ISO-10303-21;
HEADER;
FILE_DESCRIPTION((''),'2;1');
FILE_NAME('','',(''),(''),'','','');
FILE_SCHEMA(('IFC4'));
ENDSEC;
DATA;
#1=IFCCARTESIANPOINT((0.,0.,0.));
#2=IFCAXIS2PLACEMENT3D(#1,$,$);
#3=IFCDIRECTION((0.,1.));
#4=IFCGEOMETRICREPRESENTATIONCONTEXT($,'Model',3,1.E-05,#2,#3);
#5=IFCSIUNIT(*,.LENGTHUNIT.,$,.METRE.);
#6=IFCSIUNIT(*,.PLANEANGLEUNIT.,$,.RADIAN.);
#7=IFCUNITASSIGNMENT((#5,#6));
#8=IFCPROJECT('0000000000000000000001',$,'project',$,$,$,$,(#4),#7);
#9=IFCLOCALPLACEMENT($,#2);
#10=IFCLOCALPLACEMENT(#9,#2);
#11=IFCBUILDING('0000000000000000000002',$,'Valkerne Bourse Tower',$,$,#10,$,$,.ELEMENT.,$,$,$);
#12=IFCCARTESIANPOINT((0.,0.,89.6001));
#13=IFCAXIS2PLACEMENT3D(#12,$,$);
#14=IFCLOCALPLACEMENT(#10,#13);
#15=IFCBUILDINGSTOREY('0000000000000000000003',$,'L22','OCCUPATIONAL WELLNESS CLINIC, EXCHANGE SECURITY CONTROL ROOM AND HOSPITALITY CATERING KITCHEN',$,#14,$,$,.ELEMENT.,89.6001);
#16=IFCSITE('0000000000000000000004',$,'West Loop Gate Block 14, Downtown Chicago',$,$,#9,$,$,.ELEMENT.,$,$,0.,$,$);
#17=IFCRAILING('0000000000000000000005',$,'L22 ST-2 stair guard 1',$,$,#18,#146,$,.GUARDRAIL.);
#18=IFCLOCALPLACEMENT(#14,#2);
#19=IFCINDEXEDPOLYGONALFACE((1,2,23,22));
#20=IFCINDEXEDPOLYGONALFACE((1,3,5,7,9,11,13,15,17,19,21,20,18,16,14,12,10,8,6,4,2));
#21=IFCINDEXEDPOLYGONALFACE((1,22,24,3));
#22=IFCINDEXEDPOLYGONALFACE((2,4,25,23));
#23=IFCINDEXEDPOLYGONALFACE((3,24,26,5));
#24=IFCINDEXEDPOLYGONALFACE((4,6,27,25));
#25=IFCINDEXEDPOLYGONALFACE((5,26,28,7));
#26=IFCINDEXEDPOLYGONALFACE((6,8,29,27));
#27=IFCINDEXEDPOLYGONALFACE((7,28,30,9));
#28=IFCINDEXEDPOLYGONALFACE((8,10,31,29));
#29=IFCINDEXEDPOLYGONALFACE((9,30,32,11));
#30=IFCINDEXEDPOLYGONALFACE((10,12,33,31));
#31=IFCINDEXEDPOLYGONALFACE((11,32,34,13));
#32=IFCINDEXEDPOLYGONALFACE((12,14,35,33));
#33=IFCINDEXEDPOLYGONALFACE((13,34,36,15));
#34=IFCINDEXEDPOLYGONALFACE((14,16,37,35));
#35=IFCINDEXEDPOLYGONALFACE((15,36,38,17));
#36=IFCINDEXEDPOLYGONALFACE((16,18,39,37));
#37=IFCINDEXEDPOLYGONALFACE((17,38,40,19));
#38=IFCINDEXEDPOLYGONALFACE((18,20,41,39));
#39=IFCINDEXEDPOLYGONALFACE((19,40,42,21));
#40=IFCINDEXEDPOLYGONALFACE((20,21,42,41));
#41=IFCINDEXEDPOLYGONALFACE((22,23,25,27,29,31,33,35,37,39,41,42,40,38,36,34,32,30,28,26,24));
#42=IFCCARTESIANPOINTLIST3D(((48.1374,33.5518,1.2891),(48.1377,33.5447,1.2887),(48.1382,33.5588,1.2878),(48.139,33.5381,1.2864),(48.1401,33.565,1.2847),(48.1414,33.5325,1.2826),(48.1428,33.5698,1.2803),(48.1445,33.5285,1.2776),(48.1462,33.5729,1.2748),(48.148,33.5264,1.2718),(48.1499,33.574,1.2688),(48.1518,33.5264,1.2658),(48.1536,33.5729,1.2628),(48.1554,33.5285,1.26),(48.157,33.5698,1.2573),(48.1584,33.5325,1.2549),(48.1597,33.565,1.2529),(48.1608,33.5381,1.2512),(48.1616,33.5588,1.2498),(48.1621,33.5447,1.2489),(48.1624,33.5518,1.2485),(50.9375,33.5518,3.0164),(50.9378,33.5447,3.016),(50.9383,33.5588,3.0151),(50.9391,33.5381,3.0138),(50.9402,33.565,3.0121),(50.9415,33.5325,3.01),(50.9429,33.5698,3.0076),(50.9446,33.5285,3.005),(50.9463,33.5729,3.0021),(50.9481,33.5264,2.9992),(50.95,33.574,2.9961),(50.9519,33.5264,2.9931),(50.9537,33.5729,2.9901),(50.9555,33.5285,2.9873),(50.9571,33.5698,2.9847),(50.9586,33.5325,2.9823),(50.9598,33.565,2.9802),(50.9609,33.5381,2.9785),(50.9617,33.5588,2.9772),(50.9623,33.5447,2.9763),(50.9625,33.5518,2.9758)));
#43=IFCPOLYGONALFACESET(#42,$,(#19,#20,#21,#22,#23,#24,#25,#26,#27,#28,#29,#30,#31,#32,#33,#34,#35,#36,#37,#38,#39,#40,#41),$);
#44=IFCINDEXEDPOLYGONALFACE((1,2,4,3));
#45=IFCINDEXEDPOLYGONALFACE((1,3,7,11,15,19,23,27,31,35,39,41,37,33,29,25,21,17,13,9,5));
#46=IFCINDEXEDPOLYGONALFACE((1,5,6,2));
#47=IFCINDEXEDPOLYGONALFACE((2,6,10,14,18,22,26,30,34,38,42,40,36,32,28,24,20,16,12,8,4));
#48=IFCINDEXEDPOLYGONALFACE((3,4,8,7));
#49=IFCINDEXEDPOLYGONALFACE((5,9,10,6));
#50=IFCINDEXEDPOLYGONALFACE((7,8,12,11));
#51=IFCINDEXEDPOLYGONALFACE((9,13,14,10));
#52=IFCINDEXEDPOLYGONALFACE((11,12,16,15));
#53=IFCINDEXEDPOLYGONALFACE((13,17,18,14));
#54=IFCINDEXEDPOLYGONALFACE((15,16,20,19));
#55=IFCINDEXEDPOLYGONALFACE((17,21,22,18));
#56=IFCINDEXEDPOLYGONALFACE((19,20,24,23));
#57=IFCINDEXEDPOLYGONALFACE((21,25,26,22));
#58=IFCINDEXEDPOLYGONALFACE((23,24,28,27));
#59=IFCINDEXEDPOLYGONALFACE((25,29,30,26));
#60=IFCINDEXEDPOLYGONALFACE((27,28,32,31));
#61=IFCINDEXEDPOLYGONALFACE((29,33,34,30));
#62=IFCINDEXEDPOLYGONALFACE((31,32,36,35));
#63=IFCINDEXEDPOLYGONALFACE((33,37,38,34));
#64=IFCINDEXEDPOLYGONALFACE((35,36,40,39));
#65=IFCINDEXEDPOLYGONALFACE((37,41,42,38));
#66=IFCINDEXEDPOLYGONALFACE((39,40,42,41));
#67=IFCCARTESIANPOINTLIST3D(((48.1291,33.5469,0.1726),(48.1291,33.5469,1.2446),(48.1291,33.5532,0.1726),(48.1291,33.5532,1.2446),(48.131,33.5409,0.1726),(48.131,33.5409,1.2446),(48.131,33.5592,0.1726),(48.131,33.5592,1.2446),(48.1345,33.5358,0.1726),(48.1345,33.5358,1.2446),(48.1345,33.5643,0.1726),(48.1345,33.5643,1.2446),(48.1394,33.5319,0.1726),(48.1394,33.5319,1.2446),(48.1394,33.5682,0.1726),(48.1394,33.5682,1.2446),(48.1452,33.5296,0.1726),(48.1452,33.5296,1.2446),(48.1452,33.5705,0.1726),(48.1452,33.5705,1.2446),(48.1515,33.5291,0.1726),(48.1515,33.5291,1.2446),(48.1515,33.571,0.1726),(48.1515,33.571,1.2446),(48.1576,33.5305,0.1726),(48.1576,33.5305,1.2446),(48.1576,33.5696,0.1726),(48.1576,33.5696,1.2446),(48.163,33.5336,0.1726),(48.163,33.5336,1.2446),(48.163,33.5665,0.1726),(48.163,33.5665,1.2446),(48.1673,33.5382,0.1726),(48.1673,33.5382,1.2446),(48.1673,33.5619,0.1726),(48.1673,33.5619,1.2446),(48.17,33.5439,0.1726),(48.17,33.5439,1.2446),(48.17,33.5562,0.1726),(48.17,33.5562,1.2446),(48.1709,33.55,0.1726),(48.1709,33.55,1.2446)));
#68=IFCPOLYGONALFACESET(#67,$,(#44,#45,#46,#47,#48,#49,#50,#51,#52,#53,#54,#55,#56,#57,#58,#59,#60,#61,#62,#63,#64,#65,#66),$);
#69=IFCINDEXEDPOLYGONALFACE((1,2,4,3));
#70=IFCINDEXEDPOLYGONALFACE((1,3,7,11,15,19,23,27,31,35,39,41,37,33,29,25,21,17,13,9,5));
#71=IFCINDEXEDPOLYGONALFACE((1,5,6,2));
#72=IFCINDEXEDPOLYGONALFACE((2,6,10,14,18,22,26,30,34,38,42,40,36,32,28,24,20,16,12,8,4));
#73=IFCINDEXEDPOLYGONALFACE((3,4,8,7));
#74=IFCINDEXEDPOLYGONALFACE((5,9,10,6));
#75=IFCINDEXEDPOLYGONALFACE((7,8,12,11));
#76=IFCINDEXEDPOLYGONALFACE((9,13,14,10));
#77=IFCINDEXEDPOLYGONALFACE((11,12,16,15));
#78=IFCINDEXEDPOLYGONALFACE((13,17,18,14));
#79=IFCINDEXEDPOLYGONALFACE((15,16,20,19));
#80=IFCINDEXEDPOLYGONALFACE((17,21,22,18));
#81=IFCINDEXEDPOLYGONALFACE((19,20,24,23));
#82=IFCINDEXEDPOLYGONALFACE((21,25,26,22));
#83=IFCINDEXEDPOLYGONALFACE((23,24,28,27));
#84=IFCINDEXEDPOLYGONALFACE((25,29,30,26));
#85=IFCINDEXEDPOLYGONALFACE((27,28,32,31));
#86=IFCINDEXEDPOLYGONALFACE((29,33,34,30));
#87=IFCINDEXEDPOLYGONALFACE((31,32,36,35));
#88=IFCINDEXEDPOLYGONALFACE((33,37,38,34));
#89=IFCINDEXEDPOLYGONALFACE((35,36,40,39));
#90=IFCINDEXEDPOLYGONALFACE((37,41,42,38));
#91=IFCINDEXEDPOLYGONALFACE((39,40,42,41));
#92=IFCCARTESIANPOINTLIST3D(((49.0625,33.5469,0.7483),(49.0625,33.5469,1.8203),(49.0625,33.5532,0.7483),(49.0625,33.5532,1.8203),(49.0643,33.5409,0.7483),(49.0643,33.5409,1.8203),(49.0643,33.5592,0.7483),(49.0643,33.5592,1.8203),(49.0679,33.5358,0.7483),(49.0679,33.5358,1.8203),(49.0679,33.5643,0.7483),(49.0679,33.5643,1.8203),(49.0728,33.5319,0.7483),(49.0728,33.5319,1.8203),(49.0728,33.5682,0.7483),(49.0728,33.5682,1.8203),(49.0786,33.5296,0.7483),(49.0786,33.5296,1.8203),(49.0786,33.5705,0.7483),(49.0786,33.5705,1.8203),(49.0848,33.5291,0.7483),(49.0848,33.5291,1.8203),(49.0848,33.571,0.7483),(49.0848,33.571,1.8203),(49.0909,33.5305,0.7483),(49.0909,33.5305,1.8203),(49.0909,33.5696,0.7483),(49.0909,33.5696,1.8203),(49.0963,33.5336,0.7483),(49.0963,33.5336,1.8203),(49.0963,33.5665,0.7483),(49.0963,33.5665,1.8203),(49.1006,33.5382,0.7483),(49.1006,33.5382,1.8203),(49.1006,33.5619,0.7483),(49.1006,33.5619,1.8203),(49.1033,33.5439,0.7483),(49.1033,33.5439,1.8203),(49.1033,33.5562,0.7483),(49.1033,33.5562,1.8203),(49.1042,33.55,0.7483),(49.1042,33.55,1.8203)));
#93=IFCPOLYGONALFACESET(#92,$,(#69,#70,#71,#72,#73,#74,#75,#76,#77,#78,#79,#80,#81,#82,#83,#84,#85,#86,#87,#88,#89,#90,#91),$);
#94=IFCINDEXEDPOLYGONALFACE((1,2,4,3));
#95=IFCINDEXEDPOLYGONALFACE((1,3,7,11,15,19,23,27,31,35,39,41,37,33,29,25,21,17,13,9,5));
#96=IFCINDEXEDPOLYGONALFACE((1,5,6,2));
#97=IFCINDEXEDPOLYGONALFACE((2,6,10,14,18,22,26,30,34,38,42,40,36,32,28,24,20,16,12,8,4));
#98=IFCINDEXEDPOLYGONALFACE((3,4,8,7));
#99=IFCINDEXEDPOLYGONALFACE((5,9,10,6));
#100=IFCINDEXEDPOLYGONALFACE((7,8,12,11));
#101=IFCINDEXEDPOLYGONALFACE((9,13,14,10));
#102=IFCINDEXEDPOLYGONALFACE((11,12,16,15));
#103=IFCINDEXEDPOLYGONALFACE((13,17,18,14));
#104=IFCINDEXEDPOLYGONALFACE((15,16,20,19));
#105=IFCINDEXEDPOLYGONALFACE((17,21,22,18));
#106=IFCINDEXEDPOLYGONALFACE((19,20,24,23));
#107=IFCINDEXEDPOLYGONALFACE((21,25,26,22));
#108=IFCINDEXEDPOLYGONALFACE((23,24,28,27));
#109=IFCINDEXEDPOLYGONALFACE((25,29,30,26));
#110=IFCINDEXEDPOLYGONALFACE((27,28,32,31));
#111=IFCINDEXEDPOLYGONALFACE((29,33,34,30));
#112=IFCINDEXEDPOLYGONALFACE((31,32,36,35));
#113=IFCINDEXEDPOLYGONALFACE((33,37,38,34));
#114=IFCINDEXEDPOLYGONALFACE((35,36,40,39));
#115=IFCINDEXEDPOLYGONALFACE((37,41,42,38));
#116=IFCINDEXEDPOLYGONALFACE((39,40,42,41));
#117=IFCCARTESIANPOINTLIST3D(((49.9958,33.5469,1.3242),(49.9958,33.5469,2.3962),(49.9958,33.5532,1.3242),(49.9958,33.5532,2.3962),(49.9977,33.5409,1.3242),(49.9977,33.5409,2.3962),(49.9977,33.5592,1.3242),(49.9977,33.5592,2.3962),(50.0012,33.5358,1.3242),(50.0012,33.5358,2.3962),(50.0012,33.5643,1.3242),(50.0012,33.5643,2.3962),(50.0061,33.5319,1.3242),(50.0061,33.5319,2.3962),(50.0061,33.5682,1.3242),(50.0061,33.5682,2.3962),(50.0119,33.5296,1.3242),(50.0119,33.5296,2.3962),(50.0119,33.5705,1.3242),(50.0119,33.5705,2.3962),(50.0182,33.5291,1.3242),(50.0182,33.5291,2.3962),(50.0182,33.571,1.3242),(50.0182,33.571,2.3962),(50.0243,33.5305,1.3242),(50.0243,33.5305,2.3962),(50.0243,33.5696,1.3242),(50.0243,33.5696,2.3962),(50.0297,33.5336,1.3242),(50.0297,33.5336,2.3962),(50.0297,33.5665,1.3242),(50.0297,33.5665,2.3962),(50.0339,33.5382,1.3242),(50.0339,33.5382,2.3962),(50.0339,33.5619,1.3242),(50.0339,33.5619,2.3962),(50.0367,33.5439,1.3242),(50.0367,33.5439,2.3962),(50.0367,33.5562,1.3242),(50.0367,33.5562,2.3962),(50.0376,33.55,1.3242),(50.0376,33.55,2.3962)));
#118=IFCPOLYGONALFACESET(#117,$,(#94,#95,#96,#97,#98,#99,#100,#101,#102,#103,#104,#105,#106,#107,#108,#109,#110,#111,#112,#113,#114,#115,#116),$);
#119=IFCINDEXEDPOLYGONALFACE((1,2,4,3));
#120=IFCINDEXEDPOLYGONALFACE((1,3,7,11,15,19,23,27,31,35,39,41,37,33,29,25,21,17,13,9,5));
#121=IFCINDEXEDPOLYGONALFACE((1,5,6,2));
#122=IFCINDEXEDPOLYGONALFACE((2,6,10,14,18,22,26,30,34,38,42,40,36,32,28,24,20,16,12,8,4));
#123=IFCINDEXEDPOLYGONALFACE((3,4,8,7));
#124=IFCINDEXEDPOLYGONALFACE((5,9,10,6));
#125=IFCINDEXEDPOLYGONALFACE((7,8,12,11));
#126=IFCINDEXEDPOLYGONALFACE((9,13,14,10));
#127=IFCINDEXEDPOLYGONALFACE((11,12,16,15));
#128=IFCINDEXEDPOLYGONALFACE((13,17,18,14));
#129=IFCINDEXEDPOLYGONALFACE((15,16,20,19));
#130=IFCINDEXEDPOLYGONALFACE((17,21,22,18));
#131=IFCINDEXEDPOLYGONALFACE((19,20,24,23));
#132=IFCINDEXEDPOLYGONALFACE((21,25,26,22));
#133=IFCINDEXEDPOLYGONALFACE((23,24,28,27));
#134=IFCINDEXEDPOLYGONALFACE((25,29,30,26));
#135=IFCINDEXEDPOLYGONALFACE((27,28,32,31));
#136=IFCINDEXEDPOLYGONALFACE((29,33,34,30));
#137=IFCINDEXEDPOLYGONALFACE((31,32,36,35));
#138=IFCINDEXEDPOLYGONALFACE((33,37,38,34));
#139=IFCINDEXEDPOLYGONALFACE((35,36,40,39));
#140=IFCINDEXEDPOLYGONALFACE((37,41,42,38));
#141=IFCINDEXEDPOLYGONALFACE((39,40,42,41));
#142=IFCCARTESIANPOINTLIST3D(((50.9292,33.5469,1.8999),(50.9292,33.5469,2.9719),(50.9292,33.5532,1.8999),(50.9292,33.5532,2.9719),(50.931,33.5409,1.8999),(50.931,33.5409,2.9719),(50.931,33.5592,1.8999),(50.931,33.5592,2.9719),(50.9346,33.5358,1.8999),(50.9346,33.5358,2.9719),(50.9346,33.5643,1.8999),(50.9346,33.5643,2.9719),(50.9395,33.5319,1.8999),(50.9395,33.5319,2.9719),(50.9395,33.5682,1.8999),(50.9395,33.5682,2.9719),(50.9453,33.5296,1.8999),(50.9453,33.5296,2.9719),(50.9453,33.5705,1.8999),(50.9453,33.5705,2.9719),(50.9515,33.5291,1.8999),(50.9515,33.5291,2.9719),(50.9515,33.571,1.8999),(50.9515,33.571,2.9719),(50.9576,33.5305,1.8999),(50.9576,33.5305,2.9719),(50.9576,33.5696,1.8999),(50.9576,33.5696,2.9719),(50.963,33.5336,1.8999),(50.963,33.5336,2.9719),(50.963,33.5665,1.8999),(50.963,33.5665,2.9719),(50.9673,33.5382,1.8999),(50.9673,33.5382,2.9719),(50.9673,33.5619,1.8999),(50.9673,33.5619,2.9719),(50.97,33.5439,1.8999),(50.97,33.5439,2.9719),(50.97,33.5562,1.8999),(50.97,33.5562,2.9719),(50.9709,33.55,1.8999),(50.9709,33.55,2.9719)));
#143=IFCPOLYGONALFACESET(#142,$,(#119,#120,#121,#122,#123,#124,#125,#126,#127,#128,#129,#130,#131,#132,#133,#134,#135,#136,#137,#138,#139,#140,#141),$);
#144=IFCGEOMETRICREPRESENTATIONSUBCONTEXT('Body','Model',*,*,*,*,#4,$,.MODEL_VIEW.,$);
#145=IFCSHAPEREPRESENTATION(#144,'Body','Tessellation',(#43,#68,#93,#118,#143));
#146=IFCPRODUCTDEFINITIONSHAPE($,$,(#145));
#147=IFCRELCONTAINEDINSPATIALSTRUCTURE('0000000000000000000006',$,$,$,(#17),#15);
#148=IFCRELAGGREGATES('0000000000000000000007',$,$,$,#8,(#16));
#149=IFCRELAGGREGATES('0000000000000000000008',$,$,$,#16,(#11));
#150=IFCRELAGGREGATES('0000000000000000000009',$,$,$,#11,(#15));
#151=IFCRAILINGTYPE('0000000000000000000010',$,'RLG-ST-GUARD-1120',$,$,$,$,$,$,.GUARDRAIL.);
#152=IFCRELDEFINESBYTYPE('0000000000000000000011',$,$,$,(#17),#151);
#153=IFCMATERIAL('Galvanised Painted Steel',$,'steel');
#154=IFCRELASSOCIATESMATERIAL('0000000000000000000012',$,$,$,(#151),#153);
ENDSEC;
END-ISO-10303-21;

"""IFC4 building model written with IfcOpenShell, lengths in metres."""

from ifc_helpers import new_model, si_unit, direction, frame, origin, origin_2d, place, context, subcontext, project, spatial, circle, extrude, material, type_object, element, save


model = new_model("IFC4")

# Units and contexts
model_context = context("Model", 3, precision=1e-05, world=origin(), true_north=direction((0.0, 1.0)))
body_context = subcontext(model_context, "Body", "Model", "MODEL_VIEW")
ifc_project = project(units=[si_unit("LENGTHUNIT", "METRE"), si_unit("PLANEANGLEUNIT", "RADIAN")], contexts=[model_context])

# Site, building, storey
site_placement = place(None, origin())
site = spatial("IfcSite", under=ifc_project, at=site_placement, Name="West Loop Gate Block 14, Downtown Chicago", CompositionType="ELEMENT", RefElevation=0.0)
building_placement = place(site_placement, origin())
building = spatial("IfcBuilding", under=site, at=building_placement, Name="Valkerne Bourse Tower", CompositionType="ELEMENT")
storey_placement = place(building_placement, frame((0.0, 0.0, 89.6001)))
storey = spatial("IfcBuildingStorey", under=building, at=storey_placement, Name="L22", Description="OCCUPATIONAL WELLNESS CLINIC, EXCHANGE SECURITY CONTROL ROOM AND HOSPITALITY CATERING KITCHEN", CompositionType="ELEMENT", Elevation=89.6001)

# Shared definitions
ifc_material_1 = material(Name="Galvanised Painted Steel", Category="steel")

# Railing
railing_type_1 = type_object("IfcRailingType", Name="RLG-ST-GUARD-1120", PredefinedType="GUARDRAIL", material=ifc_material_1)
railing_1_placement = place(storey_placement, frame((48.1499, 33.55, 0.1726)))
element("IfcRailing", 1, at=railing_1_placement, inside=storey, type_object=railing_type_1, Name="L22 ST-2 stair guard 1", PredefinedType="GUARDRAIL", context=body_context, shape_type="SweptSolid", body=[
    extrude(circle(Radius=0.0239, at=origin_2d()), frame((0.0, 0.0, 1.0962), z_axis=(0.85109, 0.0, 0.52502), x_axis=(0.0, 1.0, 0.0)), (0.0, 0.0, 1.0), 3.29),
    extrude(circle(Radius=0.021, at=origin_2d()), origin(), (0.0, 0.0, 1.0), 1.072),
    extrude(circle(Radius=0.021, at=origin_2d()), frame((0.9333, 0.0, 0.5757)), (0.0, 0.0, 1.0), 1.072),
    extrude(circle(Radius=0.021, at=origin_2d()), frame((1.8667, 0.0, 1.1516)), (0.0, 0.0, 1.0), 1.072),
    extrude(circle(Radius=0.021, at=origin_2d()), frame((2.8, 0.0, 1.7273)), (0.0, 0.0, 1.0), 1.072),
])

save(model, "model.ifc")
